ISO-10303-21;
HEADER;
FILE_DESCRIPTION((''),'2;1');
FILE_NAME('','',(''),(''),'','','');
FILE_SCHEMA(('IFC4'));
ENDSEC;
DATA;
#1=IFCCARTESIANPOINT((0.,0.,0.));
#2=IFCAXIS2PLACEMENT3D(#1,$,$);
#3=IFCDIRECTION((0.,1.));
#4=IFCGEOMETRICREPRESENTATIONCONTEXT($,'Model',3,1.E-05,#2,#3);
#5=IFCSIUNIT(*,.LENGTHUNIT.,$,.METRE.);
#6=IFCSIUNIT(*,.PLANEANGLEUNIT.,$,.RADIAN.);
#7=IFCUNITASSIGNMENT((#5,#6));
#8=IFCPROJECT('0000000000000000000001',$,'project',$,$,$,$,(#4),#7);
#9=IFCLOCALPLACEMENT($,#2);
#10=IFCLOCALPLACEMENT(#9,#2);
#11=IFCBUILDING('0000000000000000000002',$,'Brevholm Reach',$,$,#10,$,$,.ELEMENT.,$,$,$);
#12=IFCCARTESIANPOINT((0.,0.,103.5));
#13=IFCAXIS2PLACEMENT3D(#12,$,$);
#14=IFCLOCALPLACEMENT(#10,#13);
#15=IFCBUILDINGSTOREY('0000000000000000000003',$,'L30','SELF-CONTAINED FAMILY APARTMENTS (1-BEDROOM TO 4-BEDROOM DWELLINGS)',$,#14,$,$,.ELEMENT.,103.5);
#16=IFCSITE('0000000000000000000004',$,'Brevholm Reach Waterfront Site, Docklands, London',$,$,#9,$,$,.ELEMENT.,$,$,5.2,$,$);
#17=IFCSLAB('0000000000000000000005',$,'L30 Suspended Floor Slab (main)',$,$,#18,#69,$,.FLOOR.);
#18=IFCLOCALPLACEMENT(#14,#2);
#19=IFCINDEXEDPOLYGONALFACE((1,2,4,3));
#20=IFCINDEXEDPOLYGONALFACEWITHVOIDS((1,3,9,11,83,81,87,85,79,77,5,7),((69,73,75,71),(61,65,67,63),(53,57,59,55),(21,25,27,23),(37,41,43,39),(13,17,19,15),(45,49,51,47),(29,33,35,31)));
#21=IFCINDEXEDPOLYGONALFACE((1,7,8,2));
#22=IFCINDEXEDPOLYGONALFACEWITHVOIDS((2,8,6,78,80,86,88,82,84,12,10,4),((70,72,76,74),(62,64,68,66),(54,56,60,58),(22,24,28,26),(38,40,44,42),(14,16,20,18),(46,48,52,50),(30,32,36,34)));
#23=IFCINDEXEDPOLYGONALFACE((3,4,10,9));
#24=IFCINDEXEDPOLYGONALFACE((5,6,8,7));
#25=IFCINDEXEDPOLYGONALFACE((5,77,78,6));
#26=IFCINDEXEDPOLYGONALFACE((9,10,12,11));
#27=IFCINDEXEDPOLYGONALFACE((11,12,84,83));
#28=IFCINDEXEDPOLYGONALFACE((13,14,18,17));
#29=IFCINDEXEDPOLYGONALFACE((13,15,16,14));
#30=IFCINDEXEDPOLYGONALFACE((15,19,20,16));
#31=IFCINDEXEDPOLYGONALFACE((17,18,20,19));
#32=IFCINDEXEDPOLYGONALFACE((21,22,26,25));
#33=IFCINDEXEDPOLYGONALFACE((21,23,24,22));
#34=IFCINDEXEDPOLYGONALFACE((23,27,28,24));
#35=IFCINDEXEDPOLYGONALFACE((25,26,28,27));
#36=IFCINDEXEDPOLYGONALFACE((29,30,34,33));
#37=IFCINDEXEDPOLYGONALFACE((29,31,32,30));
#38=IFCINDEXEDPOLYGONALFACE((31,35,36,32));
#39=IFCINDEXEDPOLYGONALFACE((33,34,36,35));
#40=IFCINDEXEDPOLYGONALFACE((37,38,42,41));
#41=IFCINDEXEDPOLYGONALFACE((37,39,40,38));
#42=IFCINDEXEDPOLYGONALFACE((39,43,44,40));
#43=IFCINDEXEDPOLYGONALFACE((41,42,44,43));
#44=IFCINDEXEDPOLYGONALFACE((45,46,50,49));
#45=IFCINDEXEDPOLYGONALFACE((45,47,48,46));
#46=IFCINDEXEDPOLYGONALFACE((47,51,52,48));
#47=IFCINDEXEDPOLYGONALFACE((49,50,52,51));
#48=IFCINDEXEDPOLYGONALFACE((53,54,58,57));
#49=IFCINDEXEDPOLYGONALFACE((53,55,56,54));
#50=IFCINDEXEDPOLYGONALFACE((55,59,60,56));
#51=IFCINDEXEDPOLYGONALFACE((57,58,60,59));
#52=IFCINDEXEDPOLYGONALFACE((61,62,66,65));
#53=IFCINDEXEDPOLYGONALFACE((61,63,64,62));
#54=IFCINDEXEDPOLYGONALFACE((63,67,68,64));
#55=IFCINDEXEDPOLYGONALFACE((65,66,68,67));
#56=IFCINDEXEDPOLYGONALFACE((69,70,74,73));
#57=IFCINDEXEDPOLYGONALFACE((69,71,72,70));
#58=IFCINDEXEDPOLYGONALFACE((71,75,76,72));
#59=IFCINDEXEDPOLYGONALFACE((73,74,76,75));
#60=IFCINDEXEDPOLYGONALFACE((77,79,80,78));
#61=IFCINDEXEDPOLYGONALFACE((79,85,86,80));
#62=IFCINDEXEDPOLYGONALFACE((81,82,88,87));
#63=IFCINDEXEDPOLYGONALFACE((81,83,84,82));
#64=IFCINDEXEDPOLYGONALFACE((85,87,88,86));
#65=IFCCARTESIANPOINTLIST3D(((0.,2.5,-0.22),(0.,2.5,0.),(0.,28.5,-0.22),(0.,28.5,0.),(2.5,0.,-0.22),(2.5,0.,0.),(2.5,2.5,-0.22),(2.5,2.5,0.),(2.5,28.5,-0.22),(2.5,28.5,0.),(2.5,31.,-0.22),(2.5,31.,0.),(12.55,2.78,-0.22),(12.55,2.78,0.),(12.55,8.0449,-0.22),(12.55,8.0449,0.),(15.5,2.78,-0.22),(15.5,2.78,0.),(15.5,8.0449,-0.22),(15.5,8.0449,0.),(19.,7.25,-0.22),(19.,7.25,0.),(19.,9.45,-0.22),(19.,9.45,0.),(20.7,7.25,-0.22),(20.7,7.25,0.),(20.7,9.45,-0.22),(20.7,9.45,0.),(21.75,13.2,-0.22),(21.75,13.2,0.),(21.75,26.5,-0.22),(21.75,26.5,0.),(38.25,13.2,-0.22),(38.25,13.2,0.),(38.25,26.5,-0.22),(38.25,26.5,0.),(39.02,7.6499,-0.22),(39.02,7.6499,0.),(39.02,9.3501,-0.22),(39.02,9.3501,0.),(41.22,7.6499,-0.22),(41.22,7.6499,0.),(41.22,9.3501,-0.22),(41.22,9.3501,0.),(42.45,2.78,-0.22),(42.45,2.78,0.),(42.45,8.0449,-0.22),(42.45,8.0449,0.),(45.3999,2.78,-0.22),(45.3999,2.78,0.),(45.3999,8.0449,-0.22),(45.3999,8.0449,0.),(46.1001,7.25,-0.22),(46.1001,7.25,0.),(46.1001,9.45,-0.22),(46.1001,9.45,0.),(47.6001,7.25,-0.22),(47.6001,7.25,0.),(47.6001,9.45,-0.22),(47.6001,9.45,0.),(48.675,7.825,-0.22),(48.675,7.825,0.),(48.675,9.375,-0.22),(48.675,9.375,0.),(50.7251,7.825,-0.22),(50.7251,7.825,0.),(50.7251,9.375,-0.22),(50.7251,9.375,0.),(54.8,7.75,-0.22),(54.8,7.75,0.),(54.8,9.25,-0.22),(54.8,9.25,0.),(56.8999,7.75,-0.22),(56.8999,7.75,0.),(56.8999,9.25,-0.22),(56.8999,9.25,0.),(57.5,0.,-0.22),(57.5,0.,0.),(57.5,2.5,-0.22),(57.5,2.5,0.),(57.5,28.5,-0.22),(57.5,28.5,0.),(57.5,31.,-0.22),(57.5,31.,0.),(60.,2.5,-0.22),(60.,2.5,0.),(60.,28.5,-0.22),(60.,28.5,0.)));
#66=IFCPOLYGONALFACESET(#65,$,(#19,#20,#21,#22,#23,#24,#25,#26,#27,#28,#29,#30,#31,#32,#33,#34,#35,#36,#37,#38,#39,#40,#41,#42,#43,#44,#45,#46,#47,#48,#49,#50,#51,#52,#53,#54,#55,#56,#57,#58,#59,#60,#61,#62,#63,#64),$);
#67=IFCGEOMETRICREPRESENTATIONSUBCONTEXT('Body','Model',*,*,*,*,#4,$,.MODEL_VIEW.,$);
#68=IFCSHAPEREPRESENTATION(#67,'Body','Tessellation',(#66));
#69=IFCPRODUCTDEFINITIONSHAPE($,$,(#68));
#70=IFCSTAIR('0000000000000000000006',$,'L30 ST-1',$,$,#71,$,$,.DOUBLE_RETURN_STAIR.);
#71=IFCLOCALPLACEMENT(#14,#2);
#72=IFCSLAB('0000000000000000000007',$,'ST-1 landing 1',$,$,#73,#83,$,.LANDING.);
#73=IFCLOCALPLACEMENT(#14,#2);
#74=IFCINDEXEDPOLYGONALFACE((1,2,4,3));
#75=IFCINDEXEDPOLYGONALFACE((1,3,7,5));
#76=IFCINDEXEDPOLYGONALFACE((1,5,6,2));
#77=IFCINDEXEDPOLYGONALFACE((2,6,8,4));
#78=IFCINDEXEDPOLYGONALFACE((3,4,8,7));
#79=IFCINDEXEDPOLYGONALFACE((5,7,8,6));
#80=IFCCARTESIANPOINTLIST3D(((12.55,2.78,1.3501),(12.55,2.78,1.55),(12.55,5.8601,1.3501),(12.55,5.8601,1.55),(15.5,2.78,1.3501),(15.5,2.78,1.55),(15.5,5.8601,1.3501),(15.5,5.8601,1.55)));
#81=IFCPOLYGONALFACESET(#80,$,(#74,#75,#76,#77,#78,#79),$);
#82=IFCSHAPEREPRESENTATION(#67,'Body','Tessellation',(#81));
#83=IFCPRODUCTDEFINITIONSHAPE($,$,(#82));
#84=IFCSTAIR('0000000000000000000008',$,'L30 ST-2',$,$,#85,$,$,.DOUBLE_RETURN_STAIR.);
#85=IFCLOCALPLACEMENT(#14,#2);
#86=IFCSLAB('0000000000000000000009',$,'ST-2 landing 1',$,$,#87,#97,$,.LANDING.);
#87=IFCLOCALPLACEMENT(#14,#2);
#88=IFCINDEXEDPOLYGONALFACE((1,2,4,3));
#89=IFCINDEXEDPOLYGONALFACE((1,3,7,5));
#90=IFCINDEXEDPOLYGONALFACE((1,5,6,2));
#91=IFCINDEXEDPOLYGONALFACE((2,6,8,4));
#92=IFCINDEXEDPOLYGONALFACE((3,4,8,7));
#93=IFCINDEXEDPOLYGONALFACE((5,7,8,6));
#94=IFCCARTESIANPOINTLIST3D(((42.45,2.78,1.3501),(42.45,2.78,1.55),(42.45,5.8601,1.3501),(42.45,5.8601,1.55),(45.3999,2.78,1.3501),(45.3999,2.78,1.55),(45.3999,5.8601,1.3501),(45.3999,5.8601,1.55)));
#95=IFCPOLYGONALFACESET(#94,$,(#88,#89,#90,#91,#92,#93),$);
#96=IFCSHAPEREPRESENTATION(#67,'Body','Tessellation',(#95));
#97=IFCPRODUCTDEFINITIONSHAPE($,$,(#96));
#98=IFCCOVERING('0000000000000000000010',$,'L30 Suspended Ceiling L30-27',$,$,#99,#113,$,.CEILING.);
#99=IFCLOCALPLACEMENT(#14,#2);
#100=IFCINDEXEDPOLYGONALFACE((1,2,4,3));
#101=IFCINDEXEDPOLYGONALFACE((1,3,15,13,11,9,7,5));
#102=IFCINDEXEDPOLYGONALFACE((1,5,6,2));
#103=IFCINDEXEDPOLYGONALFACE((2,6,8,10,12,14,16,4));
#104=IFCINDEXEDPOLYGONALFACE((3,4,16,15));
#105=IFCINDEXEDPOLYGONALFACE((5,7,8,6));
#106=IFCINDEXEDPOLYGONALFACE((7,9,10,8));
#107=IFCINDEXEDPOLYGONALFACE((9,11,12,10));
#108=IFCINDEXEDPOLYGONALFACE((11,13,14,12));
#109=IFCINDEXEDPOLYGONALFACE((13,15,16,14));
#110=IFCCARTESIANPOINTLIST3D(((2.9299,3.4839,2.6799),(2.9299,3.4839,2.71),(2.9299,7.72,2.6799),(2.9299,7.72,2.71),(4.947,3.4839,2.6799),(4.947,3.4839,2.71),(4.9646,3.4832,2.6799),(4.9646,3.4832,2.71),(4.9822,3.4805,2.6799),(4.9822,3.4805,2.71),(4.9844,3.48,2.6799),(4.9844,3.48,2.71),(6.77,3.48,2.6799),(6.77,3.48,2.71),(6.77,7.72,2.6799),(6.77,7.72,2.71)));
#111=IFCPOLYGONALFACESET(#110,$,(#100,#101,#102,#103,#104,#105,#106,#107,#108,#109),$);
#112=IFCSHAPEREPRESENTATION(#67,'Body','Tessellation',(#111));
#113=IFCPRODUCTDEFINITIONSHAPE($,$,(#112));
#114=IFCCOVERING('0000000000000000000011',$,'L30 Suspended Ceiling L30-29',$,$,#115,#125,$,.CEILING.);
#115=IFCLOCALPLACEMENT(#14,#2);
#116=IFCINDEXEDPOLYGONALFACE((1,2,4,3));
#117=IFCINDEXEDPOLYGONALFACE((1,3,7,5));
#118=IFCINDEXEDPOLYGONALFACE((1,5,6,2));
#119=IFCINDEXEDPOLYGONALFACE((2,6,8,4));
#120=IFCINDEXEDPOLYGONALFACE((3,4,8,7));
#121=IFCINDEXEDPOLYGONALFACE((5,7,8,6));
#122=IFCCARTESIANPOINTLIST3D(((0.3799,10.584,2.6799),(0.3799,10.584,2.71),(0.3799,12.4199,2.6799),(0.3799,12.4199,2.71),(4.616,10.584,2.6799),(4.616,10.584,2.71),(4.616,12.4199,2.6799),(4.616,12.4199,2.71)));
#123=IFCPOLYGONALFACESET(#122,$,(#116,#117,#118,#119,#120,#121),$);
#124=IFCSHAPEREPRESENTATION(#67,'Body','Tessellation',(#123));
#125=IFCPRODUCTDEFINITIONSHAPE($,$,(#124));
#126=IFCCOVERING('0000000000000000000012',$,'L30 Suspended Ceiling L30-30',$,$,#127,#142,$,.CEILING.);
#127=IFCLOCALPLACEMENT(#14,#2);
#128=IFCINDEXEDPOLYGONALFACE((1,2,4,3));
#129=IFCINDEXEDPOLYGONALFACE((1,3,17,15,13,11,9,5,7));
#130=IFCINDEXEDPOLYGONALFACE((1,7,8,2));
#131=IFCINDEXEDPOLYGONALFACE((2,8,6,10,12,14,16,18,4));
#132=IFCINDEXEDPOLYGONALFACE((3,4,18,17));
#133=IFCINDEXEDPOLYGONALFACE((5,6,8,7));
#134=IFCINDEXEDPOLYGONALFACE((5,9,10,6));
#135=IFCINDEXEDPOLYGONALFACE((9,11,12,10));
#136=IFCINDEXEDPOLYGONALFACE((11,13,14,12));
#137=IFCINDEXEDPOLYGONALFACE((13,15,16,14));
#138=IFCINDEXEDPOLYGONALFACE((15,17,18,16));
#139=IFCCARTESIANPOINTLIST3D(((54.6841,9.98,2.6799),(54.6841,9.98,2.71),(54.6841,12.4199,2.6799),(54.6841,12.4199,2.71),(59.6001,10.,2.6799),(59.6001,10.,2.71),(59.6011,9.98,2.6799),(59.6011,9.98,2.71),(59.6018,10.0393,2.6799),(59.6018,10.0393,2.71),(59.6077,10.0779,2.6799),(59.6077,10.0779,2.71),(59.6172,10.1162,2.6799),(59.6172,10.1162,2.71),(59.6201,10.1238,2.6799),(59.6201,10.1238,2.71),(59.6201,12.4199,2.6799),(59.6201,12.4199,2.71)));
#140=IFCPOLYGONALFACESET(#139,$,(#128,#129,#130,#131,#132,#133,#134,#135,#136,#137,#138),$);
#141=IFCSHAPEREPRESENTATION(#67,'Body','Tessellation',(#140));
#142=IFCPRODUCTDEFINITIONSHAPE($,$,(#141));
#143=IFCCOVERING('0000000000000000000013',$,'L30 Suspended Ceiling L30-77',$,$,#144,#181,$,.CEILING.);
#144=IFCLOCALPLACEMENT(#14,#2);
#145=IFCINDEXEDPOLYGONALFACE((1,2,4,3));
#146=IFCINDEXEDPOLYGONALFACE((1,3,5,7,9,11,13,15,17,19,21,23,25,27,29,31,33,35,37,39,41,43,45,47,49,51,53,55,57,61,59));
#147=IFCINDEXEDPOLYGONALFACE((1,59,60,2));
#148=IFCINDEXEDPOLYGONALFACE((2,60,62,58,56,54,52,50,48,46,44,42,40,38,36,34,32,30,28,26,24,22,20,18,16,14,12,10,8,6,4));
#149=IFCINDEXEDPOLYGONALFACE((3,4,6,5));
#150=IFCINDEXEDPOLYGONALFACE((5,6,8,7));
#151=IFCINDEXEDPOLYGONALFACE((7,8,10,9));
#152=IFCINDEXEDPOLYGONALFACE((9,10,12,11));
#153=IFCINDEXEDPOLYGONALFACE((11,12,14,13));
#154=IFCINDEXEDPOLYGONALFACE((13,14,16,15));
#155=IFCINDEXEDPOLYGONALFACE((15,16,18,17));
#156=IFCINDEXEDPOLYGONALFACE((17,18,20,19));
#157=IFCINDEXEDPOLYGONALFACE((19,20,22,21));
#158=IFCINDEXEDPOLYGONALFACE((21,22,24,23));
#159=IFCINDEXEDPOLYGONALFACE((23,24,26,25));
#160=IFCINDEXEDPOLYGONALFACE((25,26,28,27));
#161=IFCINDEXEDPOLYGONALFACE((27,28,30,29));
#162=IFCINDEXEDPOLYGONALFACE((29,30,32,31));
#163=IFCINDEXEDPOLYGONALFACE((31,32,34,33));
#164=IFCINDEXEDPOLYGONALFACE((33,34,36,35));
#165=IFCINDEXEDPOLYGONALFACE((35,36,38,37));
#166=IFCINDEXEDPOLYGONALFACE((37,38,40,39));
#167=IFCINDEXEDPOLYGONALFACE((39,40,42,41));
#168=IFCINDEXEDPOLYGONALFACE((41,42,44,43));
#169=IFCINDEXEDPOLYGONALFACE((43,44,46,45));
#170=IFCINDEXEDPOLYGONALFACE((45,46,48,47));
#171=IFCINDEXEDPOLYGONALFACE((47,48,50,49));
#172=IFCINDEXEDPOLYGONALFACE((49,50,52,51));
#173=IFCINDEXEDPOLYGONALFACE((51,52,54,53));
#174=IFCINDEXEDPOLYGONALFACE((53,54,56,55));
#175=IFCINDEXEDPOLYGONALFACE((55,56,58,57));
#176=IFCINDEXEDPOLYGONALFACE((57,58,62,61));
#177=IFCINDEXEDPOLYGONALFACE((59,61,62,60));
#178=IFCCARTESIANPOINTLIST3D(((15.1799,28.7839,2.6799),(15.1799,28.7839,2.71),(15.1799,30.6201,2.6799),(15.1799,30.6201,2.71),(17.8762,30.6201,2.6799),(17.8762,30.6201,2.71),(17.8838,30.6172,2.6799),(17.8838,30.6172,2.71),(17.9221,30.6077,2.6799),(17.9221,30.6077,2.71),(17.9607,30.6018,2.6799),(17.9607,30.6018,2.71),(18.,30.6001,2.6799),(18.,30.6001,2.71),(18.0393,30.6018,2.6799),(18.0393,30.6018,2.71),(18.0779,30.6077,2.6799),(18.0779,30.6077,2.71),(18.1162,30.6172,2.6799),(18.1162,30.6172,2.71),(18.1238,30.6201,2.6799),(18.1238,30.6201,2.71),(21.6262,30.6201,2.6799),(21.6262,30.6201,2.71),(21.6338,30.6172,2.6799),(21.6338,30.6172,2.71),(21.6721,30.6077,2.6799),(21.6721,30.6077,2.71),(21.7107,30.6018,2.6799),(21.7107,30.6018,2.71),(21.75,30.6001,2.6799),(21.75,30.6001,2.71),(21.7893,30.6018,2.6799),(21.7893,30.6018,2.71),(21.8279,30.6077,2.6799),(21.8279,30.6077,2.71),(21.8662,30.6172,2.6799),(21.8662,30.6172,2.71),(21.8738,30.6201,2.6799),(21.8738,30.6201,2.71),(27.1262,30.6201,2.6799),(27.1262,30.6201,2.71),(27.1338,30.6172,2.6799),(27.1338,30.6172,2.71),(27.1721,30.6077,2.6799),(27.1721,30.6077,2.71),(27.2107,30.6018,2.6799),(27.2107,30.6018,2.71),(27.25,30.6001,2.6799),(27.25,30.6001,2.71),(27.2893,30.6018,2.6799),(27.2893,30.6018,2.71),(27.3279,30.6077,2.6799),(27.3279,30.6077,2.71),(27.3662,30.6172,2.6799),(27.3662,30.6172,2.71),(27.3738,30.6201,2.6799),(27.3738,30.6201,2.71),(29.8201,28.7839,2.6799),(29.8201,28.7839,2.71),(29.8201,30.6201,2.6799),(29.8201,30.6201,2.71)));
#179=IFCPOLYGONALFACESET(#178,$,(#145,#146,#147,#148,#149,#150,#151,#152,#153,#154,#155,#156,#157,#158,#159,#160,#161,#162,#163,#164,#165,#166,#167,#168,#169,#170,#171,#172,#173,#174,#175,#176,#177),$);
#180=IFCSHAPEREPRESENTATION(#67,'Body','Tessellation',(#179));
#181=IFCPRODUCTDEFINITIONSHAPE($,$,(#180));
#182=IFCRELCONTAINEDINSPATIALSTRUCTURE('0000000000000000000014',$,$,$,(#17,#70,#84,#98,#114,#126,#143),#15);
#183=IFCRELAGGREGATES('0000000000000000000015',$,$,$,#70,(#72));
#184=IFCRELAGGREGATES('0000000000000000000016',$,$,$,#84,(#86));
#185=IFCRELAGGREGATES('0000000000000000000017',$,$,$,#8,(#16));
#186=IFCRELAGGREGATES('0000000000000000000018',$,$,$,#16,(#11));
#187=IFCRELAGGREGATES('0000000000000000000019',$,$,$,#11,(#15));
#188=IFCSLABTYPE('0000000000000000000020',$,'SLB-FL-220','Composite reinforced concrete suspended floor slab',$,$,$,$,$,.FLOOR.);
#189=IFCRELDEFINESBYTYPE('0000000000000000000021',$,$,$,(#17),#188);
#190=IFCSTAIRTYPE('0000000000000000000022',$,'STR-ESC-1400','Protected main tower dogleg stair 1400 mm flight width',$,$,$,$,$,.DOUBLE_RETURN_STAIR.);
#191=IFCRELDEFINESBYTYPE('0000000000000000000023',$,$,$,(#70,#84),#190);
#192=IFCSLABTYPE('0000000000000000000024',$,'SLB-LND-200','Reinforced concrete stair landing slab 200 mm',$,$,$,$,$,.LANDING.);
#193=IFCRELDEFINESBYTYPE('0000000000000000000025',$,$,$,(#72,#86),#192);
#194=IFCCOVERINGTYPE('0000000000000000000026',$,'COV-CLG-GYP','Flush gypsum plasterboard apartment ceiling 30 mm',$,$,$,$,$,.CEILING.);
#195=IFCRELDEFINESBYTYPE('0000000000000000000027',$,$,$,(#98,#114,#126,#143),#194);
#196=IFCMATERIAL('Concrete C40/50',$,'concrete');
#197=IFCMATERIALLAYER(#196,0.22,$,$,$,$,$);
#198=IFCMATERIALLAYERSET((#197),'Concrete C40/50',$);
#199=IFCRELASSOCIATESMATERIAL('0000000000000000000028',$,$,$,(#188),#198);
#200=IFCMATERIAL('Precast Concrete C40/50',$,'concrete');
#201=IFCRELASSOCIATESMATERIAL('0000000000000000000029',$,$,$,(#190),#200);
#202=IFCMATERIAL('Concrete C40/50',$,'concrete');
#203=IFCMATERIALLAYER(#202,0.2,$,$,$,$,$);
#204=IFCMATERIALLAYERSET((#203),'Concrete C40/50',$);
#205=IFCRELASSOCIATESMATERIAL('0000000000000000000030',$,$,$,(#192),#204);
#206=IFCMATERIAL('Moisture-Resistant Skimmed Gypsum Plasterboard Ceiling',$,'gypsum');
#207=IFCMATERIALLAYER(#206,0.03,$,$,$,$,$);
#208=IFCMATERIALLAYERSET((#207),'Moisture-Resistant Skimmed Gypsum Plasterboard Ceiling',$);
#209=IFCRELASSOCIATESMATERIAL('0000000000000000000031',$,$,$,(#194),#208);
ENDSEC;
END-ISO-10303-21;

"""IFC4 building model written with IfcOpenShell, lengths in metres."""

from ifc_helpers import new_model, si_unit, direction, frame, origin, place, context, subcontext, project, spatial, polyline, outline, extrude, material, layer, layer_set, type_object, element, aggregate, save


model = new_model("IFC4")

# Units and contexts
model_context = context("Model", 3, precision=1e-05, world=origin(), true_north=direction((0.0, 1.0)))
body_context = subcontext(model_context, "Body", "Model", "MODEL_VIEW")
ifc_project = project(units=[si_unit("LENGTHUNIT", "METRE"), si_unit("PLANEANGLEUNIT", "RADIAN")], contexts=[model_context])

# Site, building, storey
site_placement = place(None, origin())
site = spatial("IfcSite", under=ifc_project, at=site_placement, Name="Brevholm Reach Waterfront Site, Docklands, London", CompositionType="ELEMENT", RefElevation=5.2)
building_placement = place(site_placement, origin())
building = spatial("IfcBuilding", under=site, at=building_placement, Name="Brevholm Reach", CompositionType="ELEMENT")
storey_placement = place(building_placement, frame((0.0, 0.0, 103.5)))
storey = spatial("IfcBuildingStorey", under=building, at=storey_placement, Name="L30", Description="SELF-CONTAINED FAMILY APARTMENTS (1-BEDROOM TO 4-BEDROOM DWELLINGS)", CompositionType="ELEMENT", Elevation=103.5)

# Slab
ifc_material_1 = material(Name="Concrete C40/50", Category="concrete")
ifc_layer_1 = layer(ifc_material_1, 0.22)
ifc_layer_set_1 = layer_set([ifc_layer_1], Name="Concrete C40/50")
slab_type_1 = type_object("IfcSlabType", Name="SLB-FL-220", Description="Composite reinforced concrete suspended floor slab", PredefinedType="FLOOR", material=ifc_layer_set_1)
slab_1_placement = place(storey_placement, frame((0.0, 0.0, -0.22)))
element("IfcSlab", 1, at=slab_1_placement, inside=storey, type_object=slab_type_1, Name="L30 Suspended Floor Slab (main)", PredefinedType="FLOOR", context=body_context, shape_type="SweptSolid", body=[
    extrude(outline(polyline([(2.5, 0.0), (57.5, 0.0), (57.5, 2.5), (60.0, 2.5), (60.0, 28.5), (57.5, 28.5), (57.5, 31.0), (2.5, 31.0), (2.5, 28.5), (0.0, 28.5), (0.0, 2.5), (2.5, 2.5), (2.5, 0.0)]), holes=[polyline([(21.75, 13.2), (38.25, 13.2), (38.25, 26.5), (21.75, 26.5), (21.75, 13.2)]), polyline([(12.55, 2.78), (15.5, 2.78), (15.5, 8.0449), (12.55, 8.0449), (12.55, 2.78)]), polyline([(42.45, 2.78), (45.3999, 2.78), (45.3999, 8.0449), (42.45, 8.0449), (42.45, 2.78)]), polyline([(19.0, 7.25), (20.7, 7.25), (20.7, 9.45), (19.0, 9.45), (19.0, 7.25)]), polyline([(46.1001, 7.25), (47.6001, 7.25), (47.6001, 9.45), (46.1001, 9.45), (46.1001, 7.25)]), polyline([(48.675, 7.825), (50.7251, 7.825), (50.7251, 9.375), (48.675, 9.375), (48.675, 7.825)]), polyline([(54.8, 7.75), (56.8999, 7.75), (56.8999, 9.25), (54.8, 9.25), (54.8, 7.75)]), polyline([(39.02, 7.6499), (41.22, 7.6499), (41.22, 9.3501), (39.02, 9.3501), (39.02, 7.6499)])]), origin(), (0.0, 0.0, 1.0), 0.22),
])

# Stairs, slabs
ifc_material_2 = material(Name="Precast Concrete C40/50", Category="concrete")
stair_type = type_object("IfcStairType", Name="STR-ESC-1400", Description="Protected main tower dogleg stair 1400 mm flight width", PredefinedType="DOUBLE_RETURN_STAIR", material=ifc_material_2)
stair_1_placement = place(storey_placement, origin())
stair_1 = element("IfcStair", 2, at=stair_1_placement, inside=storey, type_object=stair_type, Name="L30 ST-1", PredefinedType="DOUBLE_RETURN_STAIR")
ifc_material_3 = material(Name="Concrete C40/50", Category="concrete")
ifc_layer_2 = layer(ifc_material_3, 0.2)
ifc_layer_set_2 = layer_set([ifc_layer_2], Name="Concrete C40/50")
slab_type_2 = type_object("IfcSlabType", Name="SLB-LND-200", Description="Reinforced concrete stair landing slab 200 mm", PredefinedType="LANDING", material=ifc_layer_set_2)
slab_2_placement = place(storey_placement, frame((0.0, 0.0, 1.3501)))
slab_2 = element("IfcSlab", 3, at=slab_2_placement, type_object=slab_type_2, Name="ST-1 landing 1", PredefinedType="LANDING", context=body_context, shape_type="SweptSolid", body=[
    extrude(outline(polyline([(12.55, 5.8601), (12.55, 2.78), (15.5, 2.78), (15.5, 5.8601), (12.55, 5.8601)])), origin(), (0.0, 0.0, 1.0), 0.2),
])
aggregate(stair_1, [slab_2])
stair_2_placement = place(storey_placement, origin())
stair_2 = element("IfcStair", 4, at=stair_2_placement, inside=storey, type_object=stair_type, Name="L30 ST-2", PredefinedType="DOUBLE_RETURN_STAIR")
slab_3_placement = place(storey_placement, frame((0.0, 0.0, 1.3501)))
slab_3 = element("IfcSlab", 5, at=slab_3_placement, type_object=slab_type_2, Name="ST-2 landing 1", PredefinedType="LANDING", context=body_context, shape_type="SweptSolid", body=[
    extrude(outline(polyline([(42.45, 5.8601), (42.45, 2.78), (45.3999, 2.78), (45.3999, 5.8601), (42.45, 5.8601)])), origin(), (0.0, 0.0, 1.0), 0.2),
])
aggregate(stair_2, [slab_3])

# Coverings
ifc_material_4 = material(Name="Moisture-Resistant Skimmed Gypsum Plasterboard Ceiling", Category="gypsum")
ifc_layer_3 = layer(ifc_material_4, 0.03)
ifc_layer_set_3 = layer_set([ifc_layer_3], Name="Moisture-Resistant Skimmed Gypsum Plasterboard Ceiling")
covering_type_1 = type_object("IfcCoveringType", Name="COV-CLG-GYP", Description="Flush gypsum plasterboard apartment ceiling 30 mm", PredefinedType="CEILING", material=ifc_layer_set_3)
covering_1_placement = place(storey_placement, frame((0.0, 0.0, 2.6799)))
element("IfcCovering", 6, at=covering_1_placement, inside=storey, type_object=covering_type_1, Name="L30 Suspended Ceiling L30-27", PredefinedType="CEILING", context=body_context, shape_type="SweptSolid", body=[
    extrude(outline(polyline([(2.9299, 7.72), (6.77, 7.72), (6.77, 3.48), (4.9844, 3.48), (4.9822, 3.4805), (4.9646, 3.4832), (4.947, 3.4839), (2.9299, 3.4839), (2.9299, 7.72)])), origin(), (0.0, 0.0, 1.0), 0.03),
])
covering_2_placement = place(storey_placement, frame((0.0, 0.0, 2.6799)))
element("IfcCovering", 7, at=covering_2_placement, inside=storey, type_object=covering_type_1, Name="L30 Suspended Ceiling L30-29", PredefinedType="CEILING", context=body_context, shape_type="SweptSolid", body=[
    extrude(outline(polyline([(0.3799, 12.4199), (4.616, 12.4199), (4.616, 10.584), (0.3799, 10.584), (0.3799, 12.4199)])), origin(), (0.0, 0.0, 1.0), 0.03),
])
covering_3_placement = place(storey_placement, frame((0.0, 0.0, 2.6799)))
element("IfcCovering", 8, at=covering_3_placement, inside=storey, type_object=covering_type_1, Name="L30 Suspended Ceiling L30-30", PredefinedType="CEILING", context=body_context, shape_type="SweptSolid", body=[
    extrude(outline(polyline([(59.6201, 12.4199), (59.6201, 10.1238), (59.6172, 10.1162), (59.6077, 10.0779), (59.6018, 10.0393), (59.6001, 10.0), (59.6011, 9.98), (54.6841, 9.98), (54.6841, 12.4199), (59.6201, 12.4199)])), origin(), (0.0, 0.0, 1.0), 0.03),
])
covering_4_placement = place(storey_placement, frame((0.0, 0.0, 2.6799)))
element("IfcCovering", 9, at=covering_4_placement, inside=storey, type_object=covering_type_1, Name="L30 Suspended Ceiling L30-77", PredefinedType="CEILING", context=body_context, shape_type="SweptSolid", body=[
    extrude(outline(polyline([(15.1799, 30.6201), (17.8762, 30.6201), (17.8838, 30.6172), (17.9221, 30.6077), (17.9607, 30.6018), (18.0, 30.6001), (18.0393, 30.6018), (18.0779, 30.6077), (18.1162, 30.6172), (18.1238, 30.6201), (21.6262, 30.6201), (21.6338, 30.6172), (21.6721, 30.6077), (21.7107, 30.6018), (21.75, 30.6001), (21.7893, 30.6018), (21.8279, 30.6077), (21.8662, 30.6172), (21.8738, 30.6201), (27.1262, 30.6201), (27.1338, 30.6172), (27.1721, 30.6077), (27.2107, 30.6018), (27.25, 30.6001), (27.2893, 30.6018), (27.3279, 30.6077), (27.3662, 30.6172), (27.3738, 30.6201), (29.8201, 30.6201), (29.8201, 28.7839), (15.1799, 28.7839), (15.1799, 30.6201)])), origin(), (0.0, 0.0, 1.0), 0.03),
])

save(model, "model.ifc")
